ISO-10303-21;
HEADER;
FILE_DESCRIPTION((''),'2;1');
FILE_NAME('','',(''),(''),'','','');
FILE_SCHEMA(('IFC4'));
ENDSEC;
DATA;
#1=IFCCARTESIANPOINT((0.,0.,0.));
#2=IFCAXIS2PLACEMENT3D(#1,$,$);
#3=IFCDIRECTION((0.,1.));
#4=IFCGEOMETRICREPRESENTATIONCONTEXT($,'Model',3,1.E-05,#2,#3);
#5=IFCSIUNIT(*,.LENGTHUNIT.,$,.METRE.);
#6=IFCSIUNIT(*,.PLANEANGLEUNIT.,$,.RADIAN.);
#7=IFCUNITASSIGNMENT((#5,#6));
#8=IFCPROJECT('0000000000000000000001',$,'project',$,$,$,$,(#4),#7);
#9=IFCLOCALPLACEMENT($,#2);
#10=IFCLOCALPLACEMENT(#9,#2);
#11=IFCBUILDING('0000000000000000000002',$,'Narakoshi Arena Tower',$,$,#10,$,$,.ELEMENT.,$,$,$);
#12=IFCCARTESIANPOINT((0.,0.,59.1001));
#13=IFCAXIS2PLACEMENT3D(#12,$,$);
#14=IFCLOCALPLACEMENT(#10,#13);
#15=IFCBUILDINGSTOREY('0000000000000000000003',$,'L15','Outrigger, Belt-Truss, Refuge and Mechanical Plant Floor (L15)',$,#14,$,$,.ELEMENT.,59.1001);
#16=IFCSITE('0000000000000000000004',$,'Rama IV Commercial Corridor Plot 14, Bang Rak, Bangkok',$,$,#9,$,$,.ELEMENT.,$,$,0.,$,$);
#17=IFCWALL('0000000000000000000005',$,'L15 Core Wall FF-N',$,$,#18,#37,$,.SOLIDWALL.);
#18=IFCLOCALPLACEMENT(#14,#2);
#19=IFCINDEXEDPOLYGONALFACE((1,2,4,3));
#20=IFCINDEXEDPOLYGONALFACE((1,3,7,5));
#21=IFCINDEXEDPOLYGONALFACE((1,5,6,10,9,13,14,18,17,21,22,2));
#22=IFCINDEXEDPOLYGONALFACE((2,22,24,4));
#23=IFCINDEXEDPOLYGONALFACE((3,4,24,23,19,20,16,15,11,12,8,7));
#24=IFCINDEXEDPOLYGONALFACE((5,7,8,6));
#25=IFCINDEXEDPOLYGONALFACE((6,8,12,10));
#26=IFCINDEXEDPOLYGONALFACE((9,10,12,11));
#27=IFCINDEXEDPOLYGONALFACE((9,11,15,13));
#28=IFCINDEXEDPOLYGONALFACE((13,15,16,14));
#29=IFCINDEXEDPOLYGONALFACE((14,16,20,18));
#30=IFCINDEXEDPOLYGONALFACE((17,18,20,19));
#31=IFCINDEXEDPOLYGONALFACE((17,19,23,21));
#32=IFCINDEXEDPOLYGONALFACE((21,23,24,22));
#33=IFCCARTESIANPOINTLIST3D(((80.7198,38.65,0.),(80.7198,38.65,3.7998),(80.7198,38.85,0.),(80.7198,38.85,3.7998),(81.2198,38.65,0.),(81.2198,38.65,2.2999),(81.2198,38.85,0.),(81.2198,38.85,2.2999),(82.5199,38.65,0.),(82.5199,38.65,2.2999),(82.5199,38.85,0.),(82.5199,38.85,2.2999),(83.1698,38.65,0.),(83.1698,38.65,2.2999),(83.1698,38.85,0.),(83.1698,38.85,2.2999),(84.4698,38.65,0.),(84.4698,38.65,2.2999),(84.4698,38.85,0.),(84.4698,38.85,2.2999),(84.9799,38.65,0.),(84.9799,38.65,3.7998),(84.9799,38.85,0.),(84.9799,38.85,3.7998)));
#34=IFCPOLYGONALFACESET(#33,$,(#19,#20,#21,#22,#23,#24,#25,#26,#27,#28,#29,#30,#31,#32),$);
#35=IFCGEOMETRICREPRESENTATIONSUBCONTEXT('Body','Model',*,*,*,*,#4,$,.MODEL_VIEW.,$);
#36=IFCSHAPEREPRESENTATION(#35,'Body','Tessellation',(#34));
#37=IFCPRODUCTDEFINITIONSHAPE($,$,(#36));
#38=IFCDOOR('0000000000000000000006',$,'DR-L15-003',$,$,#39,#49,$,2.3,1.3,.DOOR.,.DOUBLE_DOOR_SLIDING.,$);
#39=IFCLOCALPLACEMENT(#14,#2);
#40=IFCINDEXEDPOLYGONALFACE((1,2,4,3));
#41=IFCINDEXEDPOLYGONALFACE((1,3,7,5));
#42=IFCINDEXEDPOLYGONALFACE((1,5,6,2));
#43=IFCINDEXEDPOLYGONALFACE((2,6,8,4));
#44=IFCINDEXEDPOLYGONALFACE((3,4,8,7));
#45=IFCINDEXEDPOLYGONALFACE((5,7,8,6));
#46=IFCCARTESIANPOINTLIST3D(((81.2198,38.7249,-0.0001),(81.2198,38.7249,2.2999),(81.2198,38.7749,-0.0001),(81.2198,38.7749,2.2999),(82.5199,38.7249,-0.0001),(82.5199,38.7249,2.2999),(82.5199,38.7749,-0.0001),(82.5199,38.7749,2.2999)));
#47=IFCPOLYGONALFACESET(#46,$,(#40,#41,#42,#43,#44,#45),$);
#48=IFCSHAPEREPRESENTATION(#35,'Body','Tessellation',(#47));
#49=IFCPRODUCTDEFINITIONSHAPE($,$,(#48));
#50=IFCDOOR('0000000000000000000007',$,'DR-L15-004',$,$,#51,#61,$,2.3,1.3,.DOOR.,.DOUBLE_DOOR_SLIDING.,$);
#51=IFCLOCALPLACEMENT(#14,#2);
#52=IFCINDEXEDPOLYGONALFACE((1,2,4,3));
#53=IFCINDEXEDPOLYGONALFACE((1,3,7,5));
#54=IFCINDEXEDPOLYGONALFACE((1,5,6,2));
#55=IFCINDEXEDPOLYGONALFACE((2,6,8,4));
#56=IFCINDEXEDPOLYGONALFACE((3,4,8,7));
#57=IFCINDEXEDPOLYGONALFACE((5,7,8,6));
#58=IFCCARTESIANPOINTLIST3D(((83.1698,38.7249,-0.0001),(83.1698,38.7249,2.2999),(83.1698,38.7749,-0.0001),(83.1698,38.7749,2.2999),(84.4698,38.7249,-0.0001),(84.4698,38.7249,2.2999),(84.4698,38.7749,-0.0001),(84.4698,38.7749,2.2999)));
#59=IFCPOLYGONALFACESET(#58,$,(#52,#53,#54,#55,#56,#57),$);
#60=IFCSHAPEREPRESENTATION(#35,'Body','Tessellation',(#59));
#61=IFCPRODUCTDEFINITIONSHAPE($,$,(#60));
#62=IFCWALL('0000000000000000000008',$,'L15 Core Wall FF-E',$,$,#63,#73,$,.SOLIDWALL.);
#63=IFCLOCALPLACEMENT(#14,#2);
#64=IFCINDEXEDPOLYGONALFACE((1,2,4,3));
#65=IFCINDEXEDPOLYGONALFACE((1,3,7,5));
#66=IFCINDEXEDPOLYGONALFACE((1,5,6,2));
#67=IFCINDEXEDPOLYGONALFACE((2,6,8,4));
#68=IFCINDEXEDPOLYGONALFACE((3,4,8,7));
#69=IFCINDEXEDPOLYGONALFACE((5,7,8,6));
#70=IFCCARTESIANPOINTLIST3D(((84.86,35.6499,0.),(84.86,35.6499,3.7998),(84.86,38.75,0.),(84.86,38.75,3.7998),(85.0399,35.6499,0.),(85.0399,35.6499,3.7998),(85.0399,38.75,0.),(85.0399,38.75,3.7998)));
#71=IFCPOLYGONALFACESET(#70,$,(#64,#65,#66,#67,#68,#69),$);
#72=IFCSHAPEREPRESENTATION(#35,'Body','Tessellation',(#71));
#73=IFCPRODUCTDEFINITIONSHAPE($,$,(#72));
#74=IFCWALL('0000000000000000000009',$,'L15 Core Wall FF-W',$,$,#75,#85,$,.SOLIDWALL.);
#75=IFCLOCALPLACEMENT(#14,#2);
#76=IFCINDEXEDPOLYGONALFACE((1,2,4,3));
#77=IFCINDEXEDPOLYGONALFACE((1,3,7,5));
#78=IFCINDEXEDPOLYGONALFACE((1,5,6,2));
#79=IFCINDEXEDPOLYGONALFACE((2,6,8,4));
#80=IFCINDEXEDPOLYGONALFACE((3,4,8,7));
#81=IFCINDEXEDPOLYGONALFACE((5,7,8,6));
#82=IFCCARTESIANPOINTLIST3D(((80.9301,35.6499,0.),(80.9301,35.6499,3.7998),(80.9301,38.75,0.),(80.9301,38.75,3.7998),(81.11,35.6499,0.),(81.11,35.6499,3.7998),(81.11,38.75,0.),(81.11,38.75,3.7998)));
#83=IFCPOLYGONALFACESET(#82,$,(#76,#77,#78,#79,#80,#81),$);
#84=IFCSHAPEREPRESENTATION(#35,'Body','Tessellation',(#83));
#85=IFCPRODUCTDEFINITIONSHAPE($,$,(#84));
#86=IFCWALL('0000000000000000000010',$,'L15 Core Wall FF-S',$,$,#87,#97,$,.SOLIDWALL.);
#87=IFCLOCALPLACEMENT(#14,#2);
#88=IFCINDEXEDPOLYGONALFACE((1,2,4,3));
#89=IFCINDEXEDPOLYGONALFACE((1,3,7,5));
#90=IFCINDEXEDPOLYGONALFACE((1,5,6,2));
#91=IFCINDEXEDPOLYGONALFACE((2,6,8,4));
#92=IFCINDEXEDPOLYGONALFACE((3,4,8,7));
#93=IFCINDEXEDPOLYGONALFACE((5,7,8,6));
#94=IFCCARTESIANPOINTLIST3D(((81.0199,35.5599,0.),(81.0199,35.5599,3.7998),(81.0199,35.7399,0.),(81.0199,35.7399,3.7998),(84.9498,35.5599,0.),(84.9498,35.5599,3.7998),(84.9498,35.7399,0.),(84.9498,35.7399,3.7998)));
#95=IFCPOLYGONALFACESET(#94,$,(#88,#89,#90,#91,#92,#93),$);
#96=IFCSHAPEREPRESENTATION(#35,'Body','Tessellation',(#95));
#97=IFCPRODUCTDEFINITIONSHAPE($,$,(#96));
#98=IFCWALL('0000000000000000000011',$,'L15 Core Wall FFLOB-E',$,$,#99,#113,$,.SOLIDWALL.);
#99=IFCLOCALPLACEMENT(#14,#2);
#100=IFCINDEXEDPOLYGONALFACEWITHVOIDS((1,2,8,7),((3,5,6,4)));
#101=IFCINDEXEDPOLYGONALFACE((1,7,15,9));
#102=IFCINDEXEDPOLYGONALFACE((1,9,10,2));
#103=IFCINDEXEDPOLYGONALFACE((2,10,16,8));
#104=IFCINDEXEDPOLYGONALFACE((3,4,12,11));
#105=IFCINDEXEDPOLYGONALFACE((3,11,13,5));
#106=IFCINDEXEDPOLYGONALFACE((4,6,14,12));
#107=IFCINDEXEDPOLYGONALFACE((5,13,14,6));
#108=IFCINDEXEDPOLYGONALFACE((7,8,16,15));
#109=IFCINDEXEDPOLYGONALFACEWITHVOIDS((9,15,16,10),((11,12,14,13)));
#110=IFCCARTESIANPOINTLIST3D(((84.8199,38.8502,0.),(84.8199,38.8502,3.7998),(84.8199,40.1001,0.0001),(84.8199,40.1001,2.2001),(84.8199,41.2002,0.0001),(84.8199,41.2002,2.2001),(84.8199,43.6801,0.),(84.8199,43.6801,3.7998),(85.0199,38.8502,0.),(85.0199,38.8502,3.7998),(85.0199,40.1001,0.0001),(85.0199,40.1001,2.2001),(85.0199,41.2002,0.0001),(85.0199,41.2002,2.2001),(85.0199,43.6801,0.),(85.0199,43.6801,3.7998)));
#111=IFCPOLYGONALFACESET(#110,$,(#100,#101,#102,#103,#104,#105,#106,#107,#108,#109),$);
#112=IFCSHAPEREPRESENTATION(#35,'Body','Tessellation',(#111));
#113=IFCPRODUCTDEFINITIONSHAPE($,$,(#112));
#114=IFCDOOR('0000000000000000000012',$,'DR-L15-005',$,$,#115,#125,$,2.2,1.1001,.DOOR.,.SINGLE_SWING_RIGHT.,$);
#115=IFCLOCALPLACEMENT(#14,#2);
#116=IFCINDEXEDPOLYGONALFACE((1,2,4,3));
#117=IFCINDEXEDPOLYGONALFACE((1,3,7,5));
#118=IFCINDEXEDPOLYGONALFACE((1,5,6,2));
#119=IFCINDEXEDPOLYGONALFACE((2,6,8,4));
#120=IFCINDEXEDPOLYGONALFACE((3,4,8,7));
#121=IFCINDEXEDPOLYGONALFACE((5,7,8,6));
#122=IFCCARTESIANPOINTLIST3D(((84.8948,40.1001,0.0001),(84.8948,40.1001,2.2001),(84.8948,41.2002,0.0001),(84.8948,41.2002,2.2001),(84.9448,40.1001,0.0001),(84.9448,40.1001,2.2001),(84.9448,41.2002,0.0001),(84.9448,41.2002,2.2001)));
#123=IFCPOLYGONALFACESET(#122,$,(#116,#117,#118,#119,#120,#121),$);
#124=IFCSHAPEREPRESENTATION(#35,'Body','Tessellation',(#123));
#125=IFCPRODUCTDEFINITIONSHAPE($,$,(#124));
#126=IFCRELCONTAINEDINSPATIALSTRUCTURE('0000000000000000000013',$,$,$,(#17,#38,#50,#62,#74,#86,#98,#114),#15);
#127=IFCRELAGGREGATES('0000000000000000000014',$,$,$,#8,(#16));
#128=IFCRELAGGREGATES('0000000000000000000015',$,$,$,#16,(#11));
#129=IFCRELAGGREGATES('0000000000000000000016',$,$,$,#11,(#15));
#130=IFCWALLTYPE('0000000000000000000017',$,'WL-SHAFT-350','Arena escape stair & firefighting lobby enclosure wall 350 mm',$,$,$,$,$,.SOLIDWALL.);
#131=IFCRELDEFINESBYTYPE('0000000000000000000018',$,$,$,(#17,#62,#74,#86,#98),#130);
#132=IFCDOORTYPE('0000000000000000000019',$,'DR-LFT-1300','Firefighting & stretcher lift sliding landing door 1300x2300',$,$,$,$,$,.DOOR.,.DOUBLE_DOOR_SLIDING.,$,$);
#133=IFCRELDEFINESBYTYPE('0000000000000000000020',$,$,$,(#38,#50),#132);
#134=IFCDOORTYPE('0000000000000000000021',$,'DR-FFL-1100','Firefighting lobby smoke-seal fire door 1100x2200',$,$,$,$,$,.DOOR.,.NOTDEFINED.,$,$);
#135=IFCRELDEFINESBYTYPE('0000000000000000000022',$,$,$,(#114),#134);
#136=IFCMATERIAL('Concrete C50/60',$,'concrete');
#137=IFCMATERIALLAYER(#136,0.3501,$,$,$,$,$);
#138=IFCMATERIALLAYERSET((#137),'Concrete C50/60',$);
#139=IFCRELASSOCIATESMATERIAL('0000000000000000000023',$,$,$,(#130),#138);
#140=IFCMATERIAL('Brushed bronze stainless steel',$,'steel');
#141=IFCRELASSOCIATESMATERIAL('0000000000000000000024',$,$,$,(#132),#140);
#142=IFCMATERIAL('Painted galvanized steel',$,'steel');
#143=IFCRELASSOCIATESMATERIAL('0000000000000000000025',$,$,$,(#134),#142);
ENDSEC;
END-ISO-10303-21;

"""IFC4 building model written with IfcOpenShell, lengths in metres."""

from ifc_helpers import new_model, si_unit, direction, frame, frame_2d, origin, place, context, subcontext, project, spatial, rectangle, extrude, material, layer, layer_set, type_object, element, fill, save


model = new_model("IFC4")

# Units and contexts
model_context = context("Model", 3, precision=1e-05, world=origin(), true_north=direction((0.0, 1.0)))
body_context = subcontext(model_context, "Body", "Model", "MODEL_VIEW")
ifc_project = project(units=[si_unit("LENGTHUNIT", "METRE"), si_unit("PLANEANGLEUNIT", "RADIAN")], contexts=[model_context])

# Site, building, storey
site_placement = place(None, origin())
site = spatial("IfcSite", under=ifc_project, at=site_placement, Name="Rama IV Commercial Corridor Plot 14, Bang Rak, Bangkok", CompositionType="ELEMENT", RefElevation=0.0)
building_placement = place(site_placement, origin())
building = spatial("IfcBuilding", under=site, at=building_placement, Name="Narakoshi Arena Tower", CompositionType="ELEMENT")
storey_placement = place(building_placement, frame((0.0, 0.0, 59.1001)))
storey = spatial("IfcBuildingStorey", under=building, at=storey_placement, Name="L15", Description="Outrigger, Belt-Truss, Refuge and Mechanical Plant Floor (L15)", CompositionType="ELEMENT", Elevation=59.1001)

# Shared definitions
ifc_material_1 = material(Name="Painted galvanized steel", Category="steel")

# Shared definitions
ifc_material_2 = material(Name="Concrete C50/60", Category="concrete")
ifc_layer_1 = layer(ifc_material_2, 0.3501)
ifc_layer_set_1 = layer_set([ifc_layer_1], Name="Concrete C50/60")
wall_type_1 = type_object("IfcWallType", Name="WL-SHAFT-350", Description="Arena escape stair & firefighting lobby enclosure wall 350 mm", PredefinedType="SOLIDWALL", material=ifc_layer_set_1)

# Wall, openings, doors
wall_1_placement = place(storey_placement, frame((80.72, 38.75, 0.0), z_axis=(0.0, 0.0, 1.0), x_axis=(1.0, 0.0, 0.0)))
wall_1 = element("IfcWall", 1, at=wall_1_placement, inside=storey, type_object=wall_type_1, Name="L15 Core Wall FF-N", PredefinedType="SOLIDWALL", context=body_context, shape_type="SweptSolid", body=[
    extrude(rectangle(XDim=4.26, YDim=0.2, at=frame_2d((2.1299, 0.0))), origin(), (0.0, 0.0, 1.0), 3.7998),
])
opening_1_placement = place(wall_1_placement, frame((0.5, 0.0, 0.0)))
opening_1 = element("IfcOpeningElement", 2, at=opening_1_placement, cuts=wall_1, PredefinedType="OPENING", context=body_context, shape_type="SweptSolid", body=[
    extrude(rectangle(XDim=1.3, YDim=2.3, at=frame_2d((0.6499, 1.1499))), frame((0.0, 0.1099, 0.0), z_axis=(0.0, -1.0, 0.0), x_axis=(1.0, 0.0, 0.0)), (0.0, 0.0, 1.0), 0.22),
])
opening_2_placement = place(wall_1_placement, frame((2.45, 0.0, 0.0)))
opening_2 = element("IfcOpeningElement", 3, at=opening_2_placement, cuts=wall_1, PredefinedType="OPENING", context=body_context, shape_type="SweptSolid", body=[
    extrude(rectangle(XDim=1.3, YDim=2.3, at=frame_2d((0.6499, 1.1499))), frame((0.0, 0.1099, 0.0), z_axis=(0.0, -1.0, 0.0), x_axis=(1.0, 0.0, 0.0)), (0.0, 0.0, 1.0), 0.22),
])
ifc_material_3 = material(Name="Brushed bronze stainless steel", Category="steel")
door_type_1 = type_object("IfcDoorType", Name="DR-LFT-1300", Description="Firefighting & stretcher lift sliding landing door 1300x2300", OperationType="DOUBLE_DOOR_SLIDING", PredefinedType="DOOR", material=ifc_material_3)
door_1_placement = place(opening_1_placement, origin())
door_1 = element("IfcDoor", 4, at=door_1_placement, inside=storey, type_object=door_type_1, Name="DR-L15-003", OperationType="DOUBLE_DOOR_SLIDING", OverallHeight=2.3, OverallWidth=1.3, PredefinedType="DOOR", context=body_context, shape_type="SweptSolid", body=[
    extrude(rectangle(XDim=1.3, YDim=2.3, at=frame_2d((0.6499, 1.1499))), frame((0.0, 0.0249, 0.0), z_axis=(0.0, -1.0, 0.0), x_axis=(1.0, 0.0, 0.0)), (0.0, 0.0, 1.0), 0.05),
])
fill(opening_1, door_1)
door_2_placement = place(opening_2_placement, origin())
door_2 = element("IfcDoor", 5, at=door_2_placement, inside=storey, type_object=door_type_1, Name="DR-L15-004", OperationType="DOUBLE_DOOR_SLIDING", OverallHeight=2.3, OverallWidth=1.3, PredefinedType="DOOR", context=body_context, shape_type="SweptSolid", body=[
    extrude(rectangle(XDim=1.3, YDim=2.3, at=frame_2d((0.6499, 1.1499))), frame((0.0, 0.0249, 0.0), z_axis=(0.0, -1.0, 0.0), x_axis=(1.0, 0.0, 0.0)), (0.0, 0.0, 1.0), 0.05),
])
fill(opening_2, door_2)

# Walls
for number, where, z_axis, x_axis, name in (
    (6, (84.95, 35.6499, 0.0), (0.0, 0.0, 1.0), (0.0, 1.0, 0.0), "L15 Core Wall FF-E"),
    (7, (81.02, 35.6499, 0.0), (0.0, 0.0, 1.0), (0.0, 1.0, 0.0), "L15 Core Wall FF-W"),
):
    element("IfcWall", number, at=place(storey_placement, frame(where, z_axis=z_axis, x_axis=x_axis)), inside=storey, type_object=wall_type_1, Name=name, PredefinedType="SOLIDWALL", context=body_context, shape_type="SweptSolid", body=[
        extrude(rectangle(XDim=3.1001, YDim=0.1799, at=frame_2d((1.55, 0.0))), origin(), (0.0, 0.0, 1.0), 3.7998),
    ])
wall_2_placement = place(storey_placement, frame((81.02, 35.6499, 0.0), z_axis=(0.0, 0.0, 1.0), x_axis=(1.0, 0.0, 0.0)))
element("IfcWall", 8, at=wall_2_placement, inside=storey, type_object=wall_type_1, Name="L15 Core Wall FF-S", PredefinedType="SOLIDWALL", context=body_context, shape_type="SweptSolid", body=[
    extrude(rectangle(XDim=3.9299, YDim=0.1799, at=frame_2d((1.9648, 0.0))), origin(), (0.0, 0.0, 1.0), 3.7998),
])

# Wall, opening, door
wall_3_placement = place(storey_placement, frame((84.9199, 38.8501, 0.0), z_axis=(0.0, 0.0, 1.0), x_axis=(0.0, 1.0, 0.0)))
wall_3 = element("IfcWall", 9, at=wall_3_placement, inside=storey, type_object=wall_type_1, Name="L15 Core Wall FFLOB-E", PredefinedType="SOLIDWALL", context=body_context, shape_type="SweptSolid", body=[
    extrude(rectangle(XDim=4.8298, YDim=0.2, at=frame_2d((2.415, 0.0))), origin(), (0.0, 0.0, 1.0), 3.7998),
])
opening_3_placement = place(wall_3_placement, frame((1.25, 0.0, 0.0)))
opening_3 = element("IfcOpeningElement", 10, at=opening_3_placement, cuts=wall_3, PredefinedType="OPENING", context=body_context, shape_type="SweptSolid", body=[
    extrude(rectangle(XDim=1.1001, YDim=2.2, at=frame_2d((0.55, 1.1001))), frame((0.0, 0.1099, 0.0), z_axis=(0.0, -1.0, 0.0), x_axis=(1.0, 0.0, 0.0)), (0.0, 0.0, 1.0), 0.22),
])
door_type_2 = type_object("IfcDoorType", Name="DR-FFL-1100", Description="Firefighting lobby smoke-seal fire door 1100x2200", OperationType="NOTDEFINED", PredefinedType="DOOR", material=ifc_material_1)
door_3_placement = place(opening_3_placement, frame((1.1001, 0.0, 0.0), z_axis=(0.0, 0.0, 1.0), x_axis=(-1.0, 0.0, 0.0)))
door_3 = element("IfcDoor", 11, at=door_3_placement, inside=storey, type_object=door_type_2, Name="DR-L15-005", OperationType="SINGLE_SWING_RIGHT", OverallHeight=2.2, OverallWidth=1.1001, PredefinedType="DOOR", context=body_context, shape_type="SweptSolid", body=[
    extrude(rectangle(XDim=1.1001, YDim=2.2, at=frame_2d((0.55, 1.1001))), frame((0.0, 0.0249, 0.0), z_axis=(0.0, -1.0, 0.0), x_axis=(1.0, 0.0, 0.0)), (0.0, 0.0, 1.0), 0.05),
])
fill(opening_3, door_3)

save(model, "model.ifc")
